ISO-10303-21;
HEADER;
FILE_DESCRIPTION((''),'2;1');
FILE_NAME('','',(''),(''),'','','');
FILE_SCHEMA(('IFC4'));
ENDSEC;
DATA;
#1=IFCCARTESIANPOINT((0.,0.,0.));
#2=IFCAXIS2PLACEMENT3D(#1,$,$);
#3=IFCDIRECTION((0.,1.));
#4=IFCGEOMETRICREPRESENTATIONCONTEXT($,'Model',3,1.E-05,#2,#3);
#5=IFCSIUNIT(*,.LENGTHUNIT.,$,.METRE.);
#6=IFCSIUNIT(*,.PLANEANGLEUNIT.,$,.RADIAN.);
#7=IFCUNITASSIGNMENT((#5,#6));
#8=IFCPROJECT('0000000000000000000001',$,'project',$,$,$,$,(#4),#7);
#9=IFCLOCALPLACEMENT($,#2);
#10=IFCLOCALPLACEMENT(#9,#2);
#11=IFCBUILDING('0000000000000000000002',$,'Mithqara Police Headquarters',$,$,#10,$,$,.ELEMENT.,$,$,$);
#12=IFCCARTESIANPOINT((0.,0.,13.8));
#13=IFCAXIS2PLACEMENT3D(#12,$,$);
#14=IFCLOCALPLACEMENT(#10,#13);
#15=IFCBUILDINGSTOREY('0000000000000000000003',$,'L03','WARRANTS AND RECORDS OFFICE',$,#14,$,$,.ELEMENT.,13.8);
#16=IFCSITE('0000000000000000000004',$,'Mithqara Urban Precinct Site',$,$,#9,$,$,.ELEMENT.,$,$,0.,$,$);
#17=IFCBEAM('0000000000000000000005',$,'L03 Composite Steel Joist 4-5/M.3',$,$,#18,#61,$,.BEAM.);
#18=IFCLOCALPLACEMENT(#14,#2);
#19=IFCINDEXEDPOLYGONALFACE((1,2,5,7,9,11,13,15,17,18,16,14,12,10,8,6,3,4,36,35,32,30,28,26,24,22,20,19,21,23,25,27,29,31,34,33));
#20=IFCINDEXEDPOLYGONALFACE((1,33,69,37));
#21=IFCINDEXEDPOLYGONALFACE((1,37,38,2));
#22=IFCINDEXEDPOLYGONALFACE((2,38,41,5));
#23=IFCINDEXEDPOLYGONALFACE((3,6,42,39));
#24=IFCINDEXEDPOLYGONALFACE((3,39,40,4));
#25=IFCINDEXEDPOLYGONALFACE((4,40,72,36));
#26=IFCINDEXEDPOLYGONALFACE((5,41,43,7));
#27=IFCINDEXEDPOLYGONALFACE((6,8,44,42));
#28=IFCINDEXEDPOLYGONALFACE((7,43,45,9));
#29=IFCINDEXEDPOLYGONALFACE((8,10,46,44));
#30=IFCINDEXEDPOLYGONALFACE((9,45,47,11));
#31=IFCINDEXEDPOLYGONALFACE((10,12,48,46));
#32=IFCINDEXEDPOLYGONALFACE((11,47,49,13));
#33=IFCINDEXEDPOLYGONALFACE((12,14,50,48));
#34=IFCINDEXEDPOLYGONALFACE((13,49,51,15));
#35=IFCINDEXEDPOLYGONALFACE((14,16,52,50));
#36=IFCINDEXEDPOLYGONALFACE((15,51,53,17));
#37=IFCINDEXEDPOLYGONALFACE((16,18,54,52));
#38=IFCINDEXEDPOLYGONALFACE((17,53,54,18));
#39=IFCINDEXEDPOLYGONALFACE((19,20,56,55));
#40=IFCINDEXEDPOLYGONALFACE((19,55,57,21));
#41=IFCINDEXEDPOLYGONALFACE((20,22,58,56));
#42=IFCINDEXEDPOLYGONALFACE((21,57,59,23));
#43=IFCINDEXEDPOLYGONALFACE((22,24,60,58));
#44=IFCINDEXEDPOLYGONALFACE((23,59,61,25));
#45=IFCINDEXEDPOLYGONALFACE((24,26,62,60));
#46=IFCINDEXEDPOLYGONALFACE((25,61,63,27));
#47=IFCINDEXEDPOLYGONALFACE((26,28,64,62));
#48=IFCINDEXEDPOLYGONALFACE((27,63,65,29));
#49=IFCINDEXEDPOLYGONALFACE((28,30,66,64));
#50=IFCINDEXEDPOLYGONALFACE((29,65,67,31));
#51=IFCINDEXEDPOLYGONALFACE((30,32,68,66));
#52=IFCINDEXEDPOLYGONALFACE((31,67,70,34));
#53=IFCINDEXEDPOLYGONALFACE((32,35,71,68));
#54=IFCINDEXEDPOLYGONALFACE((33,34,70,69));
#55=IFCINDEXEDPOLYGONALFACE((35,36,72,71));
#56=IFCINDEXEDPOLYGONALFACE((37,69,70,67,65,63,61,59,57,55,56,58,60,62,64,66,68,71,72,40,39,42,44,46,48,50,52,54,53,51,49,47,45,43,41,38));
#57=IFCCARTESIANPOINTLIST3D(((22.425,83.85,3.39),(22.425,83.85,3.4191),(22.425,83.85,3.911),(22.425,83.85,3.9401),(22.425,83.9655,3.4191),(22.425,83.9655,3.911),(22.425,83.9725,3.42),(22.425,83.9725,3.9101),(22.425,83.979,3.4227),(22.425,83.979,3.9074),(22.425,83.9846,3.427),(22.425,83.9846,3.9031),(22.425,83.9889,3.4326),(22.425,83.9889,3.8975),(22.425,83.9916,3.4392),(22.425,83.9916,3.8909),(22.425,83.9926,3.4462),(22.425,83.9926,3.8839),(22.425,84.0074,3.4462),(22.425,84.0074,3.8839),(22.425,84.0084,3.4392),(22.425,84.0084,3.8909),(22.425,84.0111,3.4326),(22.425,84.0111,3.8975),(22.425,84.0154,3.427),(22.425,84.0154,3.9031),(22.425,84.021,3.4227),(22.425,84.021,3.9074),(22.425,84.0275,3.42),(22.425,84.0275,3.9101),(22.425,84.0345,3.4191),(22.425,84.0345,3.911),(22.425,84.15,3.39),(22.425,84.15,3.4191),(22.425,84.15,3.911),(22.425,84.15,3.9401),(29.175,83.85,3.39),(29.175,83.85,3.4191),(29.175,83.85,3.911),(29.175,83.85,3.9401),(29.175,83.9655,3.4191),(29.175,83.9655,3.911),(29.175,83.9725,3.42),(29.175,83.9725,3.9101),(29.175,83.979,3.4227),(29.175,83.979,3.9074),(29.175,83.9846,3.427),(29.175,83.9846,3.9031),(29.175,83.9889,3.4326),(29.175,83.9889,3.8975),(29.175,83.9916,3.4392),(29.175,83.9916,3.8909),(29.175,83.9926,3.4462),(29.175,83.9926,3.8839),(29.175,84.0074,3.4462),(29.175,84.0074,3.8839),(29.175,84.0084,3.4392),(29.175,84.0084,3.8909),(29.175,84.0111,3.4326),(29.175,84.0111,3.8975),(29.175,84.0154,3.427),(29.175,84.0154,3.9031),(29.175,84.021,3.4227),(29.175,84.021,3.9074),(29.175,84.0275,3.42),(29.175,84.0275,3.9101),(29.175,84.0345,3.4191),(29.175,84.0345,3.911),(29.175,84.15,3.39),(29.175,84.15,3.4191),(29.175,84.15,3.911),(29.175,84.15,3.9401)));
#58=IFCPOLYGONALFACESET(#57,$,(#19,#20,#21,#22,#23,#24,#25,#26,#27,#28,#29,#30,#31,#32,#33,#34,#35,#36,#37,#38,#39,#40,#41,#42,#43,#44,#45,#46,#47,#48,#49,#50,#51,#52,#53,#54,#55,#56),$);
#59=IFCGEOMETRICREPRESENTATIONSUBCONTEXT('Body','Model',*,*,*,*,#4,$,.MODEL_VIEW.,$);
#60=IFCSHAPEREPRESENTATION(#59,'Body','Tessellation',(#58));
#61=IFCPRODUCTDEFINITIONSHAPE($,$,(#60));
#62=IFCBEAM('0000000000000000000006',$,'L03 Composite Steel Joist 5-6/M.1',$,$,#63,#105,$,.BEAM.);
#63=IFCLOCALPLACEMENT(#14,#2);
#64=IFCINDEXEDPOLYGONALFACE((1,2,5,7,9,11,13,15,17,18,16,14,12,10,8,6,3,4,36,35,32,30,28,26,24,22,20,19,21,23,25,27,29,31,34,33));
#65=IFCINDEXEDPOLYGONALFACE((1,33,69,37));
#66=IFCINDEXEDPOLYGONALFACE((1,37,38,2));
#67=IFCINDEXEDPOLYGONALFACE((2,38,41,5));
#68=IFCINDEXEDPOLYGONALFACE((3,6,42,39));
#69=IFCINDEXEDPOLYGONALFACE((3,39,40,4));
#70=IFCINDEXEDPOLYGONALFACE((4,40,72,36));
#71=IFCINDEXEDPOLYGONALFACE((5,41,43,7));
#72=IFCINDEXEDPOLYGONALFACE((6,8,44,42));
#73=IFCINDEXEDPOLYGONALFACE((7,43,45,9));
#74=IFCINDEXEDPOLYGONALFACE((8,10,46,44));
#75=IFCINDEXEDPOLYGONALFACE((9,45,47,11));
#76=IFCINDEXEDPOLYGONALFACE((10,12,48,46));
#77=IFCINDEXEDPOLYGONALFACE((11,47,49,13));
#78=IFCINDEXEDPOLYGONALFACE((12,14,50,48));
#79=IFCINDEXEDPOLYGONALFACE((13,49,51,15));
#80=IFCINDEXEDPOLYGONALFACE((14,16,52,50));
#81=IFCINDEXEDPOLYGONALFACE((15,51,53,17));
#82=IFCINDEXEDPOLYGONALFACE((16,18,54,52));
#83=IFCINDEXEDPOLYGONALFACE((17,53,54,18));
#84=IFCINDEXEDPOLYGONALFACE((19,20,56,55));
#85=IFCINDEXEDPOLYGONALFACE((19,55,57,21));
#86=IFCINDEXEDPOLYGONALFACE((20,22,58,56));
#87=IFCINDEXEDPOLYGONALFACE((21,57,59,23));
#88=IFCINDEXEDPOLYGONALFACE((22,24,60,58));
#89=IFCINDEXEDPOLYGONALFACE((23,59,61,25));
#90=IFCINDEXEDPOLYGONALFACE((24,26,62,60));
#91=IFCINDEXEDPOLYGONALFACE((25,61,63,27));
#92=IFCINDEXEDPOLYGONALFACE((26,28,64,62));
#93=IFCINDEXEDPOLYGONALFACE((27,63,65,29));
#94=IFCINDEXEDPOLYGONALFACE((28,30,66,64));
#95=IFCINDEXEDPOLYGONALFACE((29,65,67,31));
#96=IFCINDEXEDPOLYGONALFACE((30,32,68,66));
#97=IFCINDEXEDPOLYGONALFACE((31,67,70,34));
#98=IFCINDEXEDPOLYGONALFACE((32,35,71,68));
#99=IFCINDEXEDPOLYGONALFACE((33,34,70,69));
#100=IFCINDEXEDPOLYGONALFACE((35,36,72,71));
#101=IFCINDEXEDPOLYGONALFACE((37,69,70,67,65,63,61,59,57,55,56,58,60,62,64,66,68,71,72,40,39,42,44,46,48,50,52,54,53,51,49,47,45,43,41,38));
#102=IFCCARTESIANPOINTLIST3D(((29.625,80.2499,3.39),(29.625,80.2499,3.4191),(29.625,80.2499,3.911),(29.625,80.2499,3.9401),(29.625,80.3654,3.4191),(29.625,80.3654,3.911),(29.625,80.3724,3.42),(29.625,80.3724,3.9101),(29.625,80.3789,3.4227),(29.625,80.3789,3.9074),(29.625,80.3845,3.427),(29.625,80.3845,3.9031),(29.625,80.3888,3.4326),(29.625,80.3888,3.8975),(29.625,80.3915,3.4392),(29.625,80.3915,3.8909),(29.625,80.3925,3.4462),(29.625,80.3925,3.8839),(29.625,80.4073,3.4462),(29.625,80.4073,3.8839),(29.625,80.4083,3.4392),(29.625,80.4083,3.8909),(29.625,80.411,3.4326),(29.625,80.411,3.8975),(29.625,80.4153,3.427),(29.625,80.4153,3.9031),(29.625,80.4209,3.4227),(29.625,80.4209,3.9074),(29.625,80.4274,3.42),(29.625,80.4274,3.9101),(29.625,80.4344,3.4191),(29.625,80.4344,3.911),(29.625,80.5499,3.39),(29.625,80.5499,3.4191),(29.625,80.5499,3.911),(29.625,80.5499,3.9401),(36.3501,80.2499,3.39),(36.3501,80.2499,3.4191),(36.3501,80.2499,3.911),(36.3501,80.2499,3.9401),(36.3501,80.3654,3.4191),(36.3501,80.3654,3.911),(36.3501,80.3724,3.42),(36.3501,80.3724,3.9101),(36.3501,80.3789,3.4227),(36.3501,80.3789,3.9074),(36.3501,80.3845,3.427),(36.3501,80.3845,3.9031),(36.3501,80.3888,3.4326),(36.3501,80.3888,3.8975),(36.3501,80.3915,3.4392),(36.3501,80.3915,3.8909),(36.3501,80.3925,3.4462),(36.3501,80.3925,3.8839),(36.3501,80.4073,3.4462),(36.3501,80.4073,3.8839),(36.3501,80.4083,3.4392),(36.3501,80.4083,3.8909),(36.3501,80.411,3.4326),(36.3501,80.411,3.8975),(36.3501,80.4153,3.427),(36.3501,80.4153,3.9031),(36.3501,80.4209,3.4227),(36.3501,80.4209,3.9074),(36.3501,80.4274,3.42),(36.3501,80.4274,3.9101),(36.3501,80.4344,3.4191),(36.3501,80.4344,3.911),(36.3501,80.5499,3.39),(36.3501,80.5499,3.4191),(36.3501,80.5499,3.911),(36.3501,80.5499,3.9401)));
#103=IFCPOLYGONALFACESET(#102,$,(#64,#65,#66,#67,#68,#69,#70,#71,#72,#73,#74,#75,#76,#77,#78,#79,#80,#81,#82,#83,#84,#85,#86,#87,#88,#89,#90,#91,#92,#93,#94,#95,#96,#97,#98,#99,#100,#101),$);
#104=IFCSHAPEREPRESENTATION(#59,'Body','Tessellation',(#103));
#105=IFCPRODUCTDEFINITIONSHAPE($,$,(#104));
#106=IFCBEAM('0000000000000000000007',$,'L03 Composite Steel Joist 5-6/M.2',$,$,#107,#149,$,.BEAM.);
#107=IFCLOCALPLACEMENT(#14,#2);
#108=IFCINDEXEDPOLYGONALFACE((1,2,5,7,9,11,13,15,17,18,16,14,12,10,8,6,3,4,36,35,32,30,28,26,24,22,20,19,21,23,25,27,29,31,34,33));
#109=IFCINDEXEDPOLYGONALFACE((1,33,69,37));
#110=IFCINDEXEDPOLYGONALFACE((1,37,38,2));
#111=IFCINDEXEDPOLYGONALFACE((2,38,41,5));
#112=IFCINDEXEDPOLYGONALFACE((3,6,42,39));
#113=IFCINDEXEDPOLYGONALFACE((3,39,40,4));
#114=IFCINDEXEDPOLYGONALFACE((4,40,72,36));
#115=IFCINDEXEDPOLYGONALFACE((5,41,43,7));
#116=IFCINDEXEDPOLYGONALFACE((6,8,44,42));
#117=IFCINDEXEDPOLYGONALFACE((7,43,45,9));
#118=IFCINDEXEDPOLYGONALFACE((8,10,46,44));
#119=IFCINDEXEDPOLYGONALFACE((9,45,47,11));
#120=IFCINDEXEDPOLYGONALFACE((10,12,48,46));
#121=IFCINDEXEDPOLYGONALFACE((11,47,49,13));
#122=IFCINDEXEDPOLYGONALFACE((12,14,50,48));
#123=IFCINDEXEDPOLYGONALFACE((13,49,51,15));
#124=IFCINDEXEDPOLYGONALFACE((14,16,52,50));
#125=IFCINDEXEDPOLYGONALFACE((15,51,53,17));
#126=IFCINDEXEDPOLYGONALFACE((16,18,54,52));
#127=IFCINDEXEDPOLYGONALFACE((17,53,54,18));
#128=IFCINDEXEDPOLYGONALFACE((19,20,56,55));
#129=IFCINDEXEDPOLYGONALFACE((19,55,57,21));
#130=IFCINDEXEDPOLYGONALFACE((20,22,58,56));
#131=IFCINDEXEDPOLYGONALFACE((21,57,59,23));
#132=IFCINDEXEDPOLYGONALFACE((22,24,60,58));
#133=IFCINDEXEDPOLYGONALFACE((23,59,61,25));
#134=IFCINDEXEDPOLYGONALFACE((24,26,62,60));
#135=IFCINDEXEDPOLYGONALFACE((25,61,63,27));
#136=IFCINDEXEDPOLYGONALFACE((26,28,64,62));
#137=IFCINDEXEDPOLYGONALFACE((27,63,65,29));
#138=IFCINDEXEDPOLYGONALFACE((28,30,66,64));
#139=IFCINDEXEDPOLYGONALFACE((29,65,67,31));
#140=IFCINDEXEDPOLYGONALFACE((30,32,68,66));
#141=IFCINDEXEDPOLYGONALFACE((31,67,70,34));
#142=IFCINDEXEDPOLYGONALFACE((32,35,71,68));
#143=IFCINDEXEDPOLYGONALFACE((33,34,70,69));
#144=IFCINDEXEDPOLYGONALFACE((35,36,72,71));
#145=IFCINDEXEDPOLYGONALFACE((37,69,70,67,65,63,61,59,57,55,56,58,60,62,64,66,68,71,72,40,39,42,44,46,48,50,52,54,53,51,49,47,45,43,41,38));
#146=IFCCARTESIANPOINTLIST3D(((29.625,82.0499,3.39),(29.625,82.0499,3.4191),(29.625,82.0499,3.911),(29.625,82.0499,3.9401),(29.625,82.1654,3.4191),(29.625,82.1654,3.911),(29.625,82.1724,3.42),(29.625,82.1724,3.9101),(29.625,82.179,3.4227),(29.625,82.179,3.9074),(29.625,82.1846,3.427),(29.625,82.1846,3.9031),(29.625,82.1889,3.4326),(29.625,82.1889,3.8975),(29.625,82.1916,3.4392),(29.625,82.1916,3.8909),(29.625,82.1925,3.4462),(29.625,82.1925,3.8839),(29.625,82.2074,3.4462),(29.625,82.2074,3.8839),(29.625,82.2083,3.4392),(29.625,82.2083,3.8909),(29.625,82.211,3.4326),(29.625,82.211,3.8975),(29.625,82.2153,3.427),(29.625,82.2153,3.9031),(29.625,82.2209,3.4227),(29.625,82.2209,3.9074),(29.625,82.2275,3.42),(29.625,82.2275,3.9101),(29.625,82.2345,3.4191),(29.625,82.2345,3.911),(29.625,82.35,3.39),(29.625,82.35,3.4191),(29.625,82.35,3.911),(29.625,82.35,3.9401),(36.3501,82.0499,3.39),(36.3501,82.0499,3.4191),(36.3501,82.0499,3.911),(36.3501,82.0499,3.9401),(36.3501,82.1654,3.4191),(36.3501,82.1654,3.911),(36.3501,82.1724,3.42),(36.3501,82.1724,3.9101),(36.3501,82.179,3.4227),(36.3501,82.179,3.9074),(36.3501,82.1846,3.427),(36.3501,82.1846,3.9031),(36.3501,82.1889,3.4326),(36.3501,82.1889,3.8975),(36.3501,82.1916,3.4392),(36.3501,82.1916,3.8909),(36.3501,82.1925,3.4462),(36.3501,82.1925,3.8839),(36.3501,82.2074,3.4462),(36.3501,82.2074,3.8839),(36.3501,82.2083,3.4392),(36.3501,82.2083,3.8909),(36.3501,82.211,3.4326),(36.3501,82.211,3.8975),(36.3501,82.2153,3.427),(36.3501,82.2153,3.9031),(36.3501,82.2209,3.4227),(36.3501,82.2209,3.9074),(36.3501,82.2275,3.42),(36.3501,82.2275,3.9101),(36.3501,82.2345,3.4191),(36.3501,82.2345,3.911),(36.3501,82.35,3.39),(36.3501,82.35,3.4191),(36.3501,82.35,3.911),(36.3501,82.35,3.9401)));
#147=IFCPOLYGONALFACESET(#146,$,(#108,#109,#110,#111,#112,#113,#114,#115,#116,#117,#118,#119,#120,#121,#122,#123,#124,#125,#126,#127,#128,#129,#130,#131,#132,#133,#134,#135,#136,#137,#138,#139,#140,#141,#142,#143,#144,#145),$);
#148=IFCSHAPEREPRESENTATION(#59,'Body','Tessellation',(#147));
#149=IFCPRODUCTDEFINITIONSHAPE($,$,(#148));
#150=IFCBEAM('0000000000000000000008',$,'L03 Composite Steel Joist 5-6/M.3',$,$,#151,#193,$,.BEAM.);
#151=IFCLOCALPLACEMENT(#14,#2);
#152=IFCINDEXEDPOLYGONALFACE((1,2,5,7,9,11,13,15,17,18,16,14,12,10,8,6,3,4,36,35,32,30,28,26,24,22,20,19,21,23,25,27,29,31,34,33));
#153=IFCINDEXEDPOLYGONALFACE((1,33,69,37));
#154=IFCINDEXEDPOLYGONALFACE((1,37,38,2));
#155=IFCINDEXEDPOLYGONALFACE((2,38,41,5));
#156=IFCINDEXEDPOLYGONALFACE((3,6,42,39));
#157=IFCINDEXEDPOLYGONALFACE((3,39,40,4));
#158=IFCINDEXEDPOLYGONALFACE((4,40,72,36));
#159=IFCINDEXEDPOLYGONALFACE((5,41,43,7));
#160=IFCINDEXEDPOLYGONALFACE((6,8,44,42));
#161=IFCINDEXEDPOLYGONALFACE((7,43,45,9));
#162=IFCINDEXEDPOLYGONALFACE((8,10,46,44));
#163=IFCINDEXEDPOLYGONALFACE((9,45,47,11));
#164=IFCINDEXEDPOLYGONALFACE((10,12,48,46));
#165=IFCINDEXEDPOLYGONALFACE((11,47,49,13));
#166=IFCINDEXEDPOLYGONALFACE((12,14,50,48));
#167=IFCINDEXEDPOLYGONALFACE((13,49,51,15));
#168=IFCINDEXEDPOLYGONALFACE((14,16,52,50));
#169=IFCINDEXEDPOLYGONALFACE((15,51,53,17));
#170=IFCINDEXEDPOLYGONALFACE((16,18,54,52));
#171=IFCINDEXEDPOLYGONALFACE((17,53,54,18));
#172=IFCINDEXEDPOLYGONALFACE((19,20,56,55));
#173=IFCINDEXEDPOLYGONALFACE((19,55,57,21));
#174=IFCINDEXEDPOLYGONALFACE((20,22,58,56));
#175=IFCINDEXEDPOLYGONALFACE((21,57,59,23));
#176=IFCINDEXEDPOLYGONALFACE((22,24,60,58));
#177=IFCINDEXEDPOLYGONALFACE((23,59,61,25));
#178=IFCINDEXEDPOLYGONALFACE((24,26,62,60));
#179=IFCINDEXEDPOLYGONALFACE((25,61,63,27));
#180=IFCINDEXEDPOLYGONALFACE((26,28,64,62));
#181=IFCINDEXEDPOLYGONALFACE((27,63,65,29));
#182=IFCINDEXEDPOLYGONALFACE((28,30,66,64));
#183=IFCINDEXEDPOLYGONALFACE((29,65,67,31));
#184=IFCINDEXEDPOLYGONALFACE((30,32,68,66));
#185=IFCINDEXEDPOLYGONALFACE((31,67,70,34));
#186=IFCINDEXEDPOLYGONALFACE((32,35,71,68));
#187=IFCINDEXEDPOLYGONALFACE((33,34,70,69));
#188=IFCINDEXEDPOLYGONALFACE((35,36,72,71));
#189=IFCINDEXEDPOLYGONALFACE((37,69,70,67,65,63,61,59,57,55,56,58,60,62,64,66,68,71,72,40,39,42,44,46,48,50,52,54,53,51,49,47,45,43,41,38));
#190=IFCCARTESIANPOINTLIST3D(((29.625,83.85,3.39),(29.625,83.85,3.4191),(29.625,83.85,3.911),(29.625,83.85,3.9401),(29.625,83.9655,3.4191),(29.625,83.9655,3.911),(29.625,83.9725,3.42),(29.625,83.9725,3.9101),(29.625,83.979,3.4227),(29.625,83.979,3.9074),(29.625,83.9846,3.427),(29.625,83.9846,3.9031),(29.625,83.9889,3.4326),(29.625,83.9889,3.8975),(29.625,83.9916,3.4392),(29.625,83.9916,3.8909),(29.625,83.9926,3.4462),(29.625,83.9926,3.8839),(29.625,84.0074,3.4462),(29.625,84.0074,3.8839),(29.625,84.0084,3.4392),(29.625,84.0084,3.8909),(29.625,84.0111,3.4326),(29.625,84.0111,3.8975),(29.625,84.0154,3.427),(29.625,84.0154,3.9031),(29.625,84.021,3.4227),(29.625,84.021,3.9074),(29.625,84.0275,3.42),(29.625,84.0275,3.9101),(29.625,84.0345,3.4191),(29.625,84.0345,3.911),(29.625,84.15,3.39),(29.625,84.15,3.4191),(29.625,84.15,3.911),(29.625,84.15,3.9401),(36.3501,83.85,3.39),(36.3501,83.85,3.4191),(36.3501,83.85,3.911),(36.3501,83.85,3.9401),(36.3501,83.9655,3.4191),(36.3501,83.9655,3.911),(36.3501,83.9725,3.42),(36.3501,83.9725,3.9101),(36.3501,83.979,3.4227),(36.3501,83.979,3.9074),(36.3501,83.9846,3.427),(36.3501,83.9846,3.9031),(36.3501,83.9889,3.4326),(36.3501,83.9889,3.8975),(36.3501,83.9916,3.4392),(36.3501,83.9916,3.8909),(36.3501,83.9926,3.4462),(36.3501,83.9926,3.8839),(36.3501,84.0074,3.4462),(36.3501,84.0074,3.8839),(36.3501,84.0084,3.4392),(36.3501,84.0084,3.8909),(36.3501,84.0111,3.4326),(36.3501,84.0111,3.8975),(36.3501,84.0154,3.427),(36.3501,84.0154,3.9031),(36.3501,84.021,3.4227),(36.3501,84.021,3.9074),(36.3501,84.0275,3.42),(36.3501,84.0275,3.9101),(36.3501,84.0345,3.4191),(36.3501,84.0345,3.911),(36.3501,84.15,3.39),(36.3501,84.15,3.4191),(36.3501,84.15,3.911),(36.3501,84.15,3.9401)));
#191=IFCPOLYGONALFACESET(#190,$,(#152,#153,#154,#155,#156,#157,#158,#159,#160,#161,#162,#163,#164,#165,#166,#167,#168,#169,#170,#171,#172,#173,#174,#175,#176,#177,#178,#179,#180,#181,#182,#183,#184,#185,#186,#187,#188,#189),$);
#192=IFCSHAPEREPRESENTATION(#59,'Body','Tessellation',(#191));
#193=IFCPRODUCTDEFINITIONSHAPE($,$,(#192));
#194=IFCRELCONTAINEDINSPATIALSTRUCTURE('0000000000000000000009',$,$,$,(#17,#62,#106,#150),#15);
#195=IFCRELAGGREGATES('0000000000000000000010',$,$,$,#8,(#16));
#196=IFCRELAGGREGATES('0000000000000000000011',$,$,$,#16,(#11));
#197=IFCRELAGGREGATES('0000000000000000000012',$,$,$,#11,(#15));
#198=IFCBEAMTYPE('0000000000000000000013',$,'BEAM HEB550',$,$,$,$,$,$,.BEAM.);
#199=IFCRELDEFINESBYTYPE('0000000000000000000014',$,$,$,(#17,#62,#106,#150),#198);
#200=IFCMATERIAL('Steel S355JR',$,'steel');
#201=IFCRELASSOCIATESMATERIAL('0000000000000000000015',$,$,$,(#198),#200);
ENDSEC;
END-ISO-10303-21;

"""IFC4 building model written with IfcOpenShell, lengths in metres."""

from ifc_helpers import new_model, si_unit, direction, frame, origin, origin_2d, place, context, subcontext, project, spatial, i_section, extrude, material, material_profile, profile_set, type_object, element, save


model = new_model("IFC4")

# Units and contexts
model_context = context("Model", 3, precision=1e-05, world=origin(), true_north=direction((0.0, 1.0)))
body_context = subcontext(model_context, "Body", "Model", "MODEL_VIEW")
ifc_project = project(units=[si_unit("LENGTHUNIT", "METRE"), si_unit("PLANEANGLEUNIT", "RADIAN")], contexts=[model_context])

# Site, building, storey
site_placement = place(None, origin())
site = spatial("IfcSite", under=ifc_project, at=site_placement, Name="Mithqara Urban Precinct Site", CompositionType="ELEMENT", RefElevation=0.0)
building_placement = place(site_placement, origin())
building = spatial("IfcBuilding", under=site, at=building_placement, Name="Mithqara Police Headquarters", CompositionType="ELEMENT")
storey_placement = place(building_placement, frame((0.0, 0.0, 13.8)))
storey = spatial("IfcBuildingStorey", under=building, at=storey_placement, Name="L03", Description="WARRANTS AND RECORDS OFFICE", CompositionType="ELEMENT", Elevation=13.8)

# Beams
ifc_material_1 = material(Name="Steel S355JR", Category="steel")
ifc_material_profile_1 = material_profile(ifc_material_1, i_section(OverallWidth=0.3, OverallDepth=0.55, WebThickness=0.0149, FlangeThickness=0.0291, FilletRadius=0.0271, at=origin_2d()), Name="HEB 550")
ifc_profile_set_1 = profile_set([ifc_material_profile_1], Name="Steel S355JR")
beam_type_1 = type_object("IfcBeamType", Name="BEAM HEB550", PredefinedType="BEAM", material=ifc_profile_set_1)
for number, where, z_axis, x_axis, name in (
    (1, (22.425, 84.0, 3.665), (1.0, 0.0, 0.0), (0.0, 1.0, 0.0), "L03 Composite Steel Joist 4-5/M.3"),
):
    element("IfcBeam", number, at=place(storey_placement, frame(where, z_axis=z_axis, x_axis=x_axis)), inside=storey, type_object=beam_type_1, Name=name, PredefinedType="BEAM", context=body_context, shape_type="SweptSolid", body=[
        extrude(i_section(OverallWidth=0.3, OverallDepth=0.55, WebThickness=0.0149, FlangeThickness=0.0291, FilletRadius=0.0271, at=origin_2d()), origin(), (0.0, 0.0, 1.0), 6.75),
    ])
for number, where, z_axis, x_axis, name in (
    (2, (29.625, 80.3999, 3.665), (1.0, 0.0, 0.0), (0.0, 1.0, 0.0), "L03 Composite Steel Joist 5-6/M.1"),
    (3, (29.625, 82.2, 3.665), (1.0, 0.0, 0.0), (0.0, 1.0, 0.0), "L03 Composite Steel Joist 5-6/M.2"),
    (4, (29.625, 84.0, 3.665), (1.0, 0.0, 0.0), (0.0, 1.0, 0.0), "L03 Composite Steel Joist 5-6/M.3"),
):
    element("IfcBeam", number, at=place(storey_placement, frame(where, z_axis=z_axis, x_axis=x_axis)), inside=storey, type_object=beam_type_1, Name=name, PredefinedType="BEAM", context=body_context, shape_type="SweptSolid", body=[
        extrude(i_section(OverallWidth=0.3, OverallDepth=0.55, WebThickness=0.0149, FlangeThickness=0.0291, FilletRadius=0.0271, at=origin_2d()), origin(), (0.0, 0.0, 1.0), 6.7251),
    ])

save(model, "model.ifc")
